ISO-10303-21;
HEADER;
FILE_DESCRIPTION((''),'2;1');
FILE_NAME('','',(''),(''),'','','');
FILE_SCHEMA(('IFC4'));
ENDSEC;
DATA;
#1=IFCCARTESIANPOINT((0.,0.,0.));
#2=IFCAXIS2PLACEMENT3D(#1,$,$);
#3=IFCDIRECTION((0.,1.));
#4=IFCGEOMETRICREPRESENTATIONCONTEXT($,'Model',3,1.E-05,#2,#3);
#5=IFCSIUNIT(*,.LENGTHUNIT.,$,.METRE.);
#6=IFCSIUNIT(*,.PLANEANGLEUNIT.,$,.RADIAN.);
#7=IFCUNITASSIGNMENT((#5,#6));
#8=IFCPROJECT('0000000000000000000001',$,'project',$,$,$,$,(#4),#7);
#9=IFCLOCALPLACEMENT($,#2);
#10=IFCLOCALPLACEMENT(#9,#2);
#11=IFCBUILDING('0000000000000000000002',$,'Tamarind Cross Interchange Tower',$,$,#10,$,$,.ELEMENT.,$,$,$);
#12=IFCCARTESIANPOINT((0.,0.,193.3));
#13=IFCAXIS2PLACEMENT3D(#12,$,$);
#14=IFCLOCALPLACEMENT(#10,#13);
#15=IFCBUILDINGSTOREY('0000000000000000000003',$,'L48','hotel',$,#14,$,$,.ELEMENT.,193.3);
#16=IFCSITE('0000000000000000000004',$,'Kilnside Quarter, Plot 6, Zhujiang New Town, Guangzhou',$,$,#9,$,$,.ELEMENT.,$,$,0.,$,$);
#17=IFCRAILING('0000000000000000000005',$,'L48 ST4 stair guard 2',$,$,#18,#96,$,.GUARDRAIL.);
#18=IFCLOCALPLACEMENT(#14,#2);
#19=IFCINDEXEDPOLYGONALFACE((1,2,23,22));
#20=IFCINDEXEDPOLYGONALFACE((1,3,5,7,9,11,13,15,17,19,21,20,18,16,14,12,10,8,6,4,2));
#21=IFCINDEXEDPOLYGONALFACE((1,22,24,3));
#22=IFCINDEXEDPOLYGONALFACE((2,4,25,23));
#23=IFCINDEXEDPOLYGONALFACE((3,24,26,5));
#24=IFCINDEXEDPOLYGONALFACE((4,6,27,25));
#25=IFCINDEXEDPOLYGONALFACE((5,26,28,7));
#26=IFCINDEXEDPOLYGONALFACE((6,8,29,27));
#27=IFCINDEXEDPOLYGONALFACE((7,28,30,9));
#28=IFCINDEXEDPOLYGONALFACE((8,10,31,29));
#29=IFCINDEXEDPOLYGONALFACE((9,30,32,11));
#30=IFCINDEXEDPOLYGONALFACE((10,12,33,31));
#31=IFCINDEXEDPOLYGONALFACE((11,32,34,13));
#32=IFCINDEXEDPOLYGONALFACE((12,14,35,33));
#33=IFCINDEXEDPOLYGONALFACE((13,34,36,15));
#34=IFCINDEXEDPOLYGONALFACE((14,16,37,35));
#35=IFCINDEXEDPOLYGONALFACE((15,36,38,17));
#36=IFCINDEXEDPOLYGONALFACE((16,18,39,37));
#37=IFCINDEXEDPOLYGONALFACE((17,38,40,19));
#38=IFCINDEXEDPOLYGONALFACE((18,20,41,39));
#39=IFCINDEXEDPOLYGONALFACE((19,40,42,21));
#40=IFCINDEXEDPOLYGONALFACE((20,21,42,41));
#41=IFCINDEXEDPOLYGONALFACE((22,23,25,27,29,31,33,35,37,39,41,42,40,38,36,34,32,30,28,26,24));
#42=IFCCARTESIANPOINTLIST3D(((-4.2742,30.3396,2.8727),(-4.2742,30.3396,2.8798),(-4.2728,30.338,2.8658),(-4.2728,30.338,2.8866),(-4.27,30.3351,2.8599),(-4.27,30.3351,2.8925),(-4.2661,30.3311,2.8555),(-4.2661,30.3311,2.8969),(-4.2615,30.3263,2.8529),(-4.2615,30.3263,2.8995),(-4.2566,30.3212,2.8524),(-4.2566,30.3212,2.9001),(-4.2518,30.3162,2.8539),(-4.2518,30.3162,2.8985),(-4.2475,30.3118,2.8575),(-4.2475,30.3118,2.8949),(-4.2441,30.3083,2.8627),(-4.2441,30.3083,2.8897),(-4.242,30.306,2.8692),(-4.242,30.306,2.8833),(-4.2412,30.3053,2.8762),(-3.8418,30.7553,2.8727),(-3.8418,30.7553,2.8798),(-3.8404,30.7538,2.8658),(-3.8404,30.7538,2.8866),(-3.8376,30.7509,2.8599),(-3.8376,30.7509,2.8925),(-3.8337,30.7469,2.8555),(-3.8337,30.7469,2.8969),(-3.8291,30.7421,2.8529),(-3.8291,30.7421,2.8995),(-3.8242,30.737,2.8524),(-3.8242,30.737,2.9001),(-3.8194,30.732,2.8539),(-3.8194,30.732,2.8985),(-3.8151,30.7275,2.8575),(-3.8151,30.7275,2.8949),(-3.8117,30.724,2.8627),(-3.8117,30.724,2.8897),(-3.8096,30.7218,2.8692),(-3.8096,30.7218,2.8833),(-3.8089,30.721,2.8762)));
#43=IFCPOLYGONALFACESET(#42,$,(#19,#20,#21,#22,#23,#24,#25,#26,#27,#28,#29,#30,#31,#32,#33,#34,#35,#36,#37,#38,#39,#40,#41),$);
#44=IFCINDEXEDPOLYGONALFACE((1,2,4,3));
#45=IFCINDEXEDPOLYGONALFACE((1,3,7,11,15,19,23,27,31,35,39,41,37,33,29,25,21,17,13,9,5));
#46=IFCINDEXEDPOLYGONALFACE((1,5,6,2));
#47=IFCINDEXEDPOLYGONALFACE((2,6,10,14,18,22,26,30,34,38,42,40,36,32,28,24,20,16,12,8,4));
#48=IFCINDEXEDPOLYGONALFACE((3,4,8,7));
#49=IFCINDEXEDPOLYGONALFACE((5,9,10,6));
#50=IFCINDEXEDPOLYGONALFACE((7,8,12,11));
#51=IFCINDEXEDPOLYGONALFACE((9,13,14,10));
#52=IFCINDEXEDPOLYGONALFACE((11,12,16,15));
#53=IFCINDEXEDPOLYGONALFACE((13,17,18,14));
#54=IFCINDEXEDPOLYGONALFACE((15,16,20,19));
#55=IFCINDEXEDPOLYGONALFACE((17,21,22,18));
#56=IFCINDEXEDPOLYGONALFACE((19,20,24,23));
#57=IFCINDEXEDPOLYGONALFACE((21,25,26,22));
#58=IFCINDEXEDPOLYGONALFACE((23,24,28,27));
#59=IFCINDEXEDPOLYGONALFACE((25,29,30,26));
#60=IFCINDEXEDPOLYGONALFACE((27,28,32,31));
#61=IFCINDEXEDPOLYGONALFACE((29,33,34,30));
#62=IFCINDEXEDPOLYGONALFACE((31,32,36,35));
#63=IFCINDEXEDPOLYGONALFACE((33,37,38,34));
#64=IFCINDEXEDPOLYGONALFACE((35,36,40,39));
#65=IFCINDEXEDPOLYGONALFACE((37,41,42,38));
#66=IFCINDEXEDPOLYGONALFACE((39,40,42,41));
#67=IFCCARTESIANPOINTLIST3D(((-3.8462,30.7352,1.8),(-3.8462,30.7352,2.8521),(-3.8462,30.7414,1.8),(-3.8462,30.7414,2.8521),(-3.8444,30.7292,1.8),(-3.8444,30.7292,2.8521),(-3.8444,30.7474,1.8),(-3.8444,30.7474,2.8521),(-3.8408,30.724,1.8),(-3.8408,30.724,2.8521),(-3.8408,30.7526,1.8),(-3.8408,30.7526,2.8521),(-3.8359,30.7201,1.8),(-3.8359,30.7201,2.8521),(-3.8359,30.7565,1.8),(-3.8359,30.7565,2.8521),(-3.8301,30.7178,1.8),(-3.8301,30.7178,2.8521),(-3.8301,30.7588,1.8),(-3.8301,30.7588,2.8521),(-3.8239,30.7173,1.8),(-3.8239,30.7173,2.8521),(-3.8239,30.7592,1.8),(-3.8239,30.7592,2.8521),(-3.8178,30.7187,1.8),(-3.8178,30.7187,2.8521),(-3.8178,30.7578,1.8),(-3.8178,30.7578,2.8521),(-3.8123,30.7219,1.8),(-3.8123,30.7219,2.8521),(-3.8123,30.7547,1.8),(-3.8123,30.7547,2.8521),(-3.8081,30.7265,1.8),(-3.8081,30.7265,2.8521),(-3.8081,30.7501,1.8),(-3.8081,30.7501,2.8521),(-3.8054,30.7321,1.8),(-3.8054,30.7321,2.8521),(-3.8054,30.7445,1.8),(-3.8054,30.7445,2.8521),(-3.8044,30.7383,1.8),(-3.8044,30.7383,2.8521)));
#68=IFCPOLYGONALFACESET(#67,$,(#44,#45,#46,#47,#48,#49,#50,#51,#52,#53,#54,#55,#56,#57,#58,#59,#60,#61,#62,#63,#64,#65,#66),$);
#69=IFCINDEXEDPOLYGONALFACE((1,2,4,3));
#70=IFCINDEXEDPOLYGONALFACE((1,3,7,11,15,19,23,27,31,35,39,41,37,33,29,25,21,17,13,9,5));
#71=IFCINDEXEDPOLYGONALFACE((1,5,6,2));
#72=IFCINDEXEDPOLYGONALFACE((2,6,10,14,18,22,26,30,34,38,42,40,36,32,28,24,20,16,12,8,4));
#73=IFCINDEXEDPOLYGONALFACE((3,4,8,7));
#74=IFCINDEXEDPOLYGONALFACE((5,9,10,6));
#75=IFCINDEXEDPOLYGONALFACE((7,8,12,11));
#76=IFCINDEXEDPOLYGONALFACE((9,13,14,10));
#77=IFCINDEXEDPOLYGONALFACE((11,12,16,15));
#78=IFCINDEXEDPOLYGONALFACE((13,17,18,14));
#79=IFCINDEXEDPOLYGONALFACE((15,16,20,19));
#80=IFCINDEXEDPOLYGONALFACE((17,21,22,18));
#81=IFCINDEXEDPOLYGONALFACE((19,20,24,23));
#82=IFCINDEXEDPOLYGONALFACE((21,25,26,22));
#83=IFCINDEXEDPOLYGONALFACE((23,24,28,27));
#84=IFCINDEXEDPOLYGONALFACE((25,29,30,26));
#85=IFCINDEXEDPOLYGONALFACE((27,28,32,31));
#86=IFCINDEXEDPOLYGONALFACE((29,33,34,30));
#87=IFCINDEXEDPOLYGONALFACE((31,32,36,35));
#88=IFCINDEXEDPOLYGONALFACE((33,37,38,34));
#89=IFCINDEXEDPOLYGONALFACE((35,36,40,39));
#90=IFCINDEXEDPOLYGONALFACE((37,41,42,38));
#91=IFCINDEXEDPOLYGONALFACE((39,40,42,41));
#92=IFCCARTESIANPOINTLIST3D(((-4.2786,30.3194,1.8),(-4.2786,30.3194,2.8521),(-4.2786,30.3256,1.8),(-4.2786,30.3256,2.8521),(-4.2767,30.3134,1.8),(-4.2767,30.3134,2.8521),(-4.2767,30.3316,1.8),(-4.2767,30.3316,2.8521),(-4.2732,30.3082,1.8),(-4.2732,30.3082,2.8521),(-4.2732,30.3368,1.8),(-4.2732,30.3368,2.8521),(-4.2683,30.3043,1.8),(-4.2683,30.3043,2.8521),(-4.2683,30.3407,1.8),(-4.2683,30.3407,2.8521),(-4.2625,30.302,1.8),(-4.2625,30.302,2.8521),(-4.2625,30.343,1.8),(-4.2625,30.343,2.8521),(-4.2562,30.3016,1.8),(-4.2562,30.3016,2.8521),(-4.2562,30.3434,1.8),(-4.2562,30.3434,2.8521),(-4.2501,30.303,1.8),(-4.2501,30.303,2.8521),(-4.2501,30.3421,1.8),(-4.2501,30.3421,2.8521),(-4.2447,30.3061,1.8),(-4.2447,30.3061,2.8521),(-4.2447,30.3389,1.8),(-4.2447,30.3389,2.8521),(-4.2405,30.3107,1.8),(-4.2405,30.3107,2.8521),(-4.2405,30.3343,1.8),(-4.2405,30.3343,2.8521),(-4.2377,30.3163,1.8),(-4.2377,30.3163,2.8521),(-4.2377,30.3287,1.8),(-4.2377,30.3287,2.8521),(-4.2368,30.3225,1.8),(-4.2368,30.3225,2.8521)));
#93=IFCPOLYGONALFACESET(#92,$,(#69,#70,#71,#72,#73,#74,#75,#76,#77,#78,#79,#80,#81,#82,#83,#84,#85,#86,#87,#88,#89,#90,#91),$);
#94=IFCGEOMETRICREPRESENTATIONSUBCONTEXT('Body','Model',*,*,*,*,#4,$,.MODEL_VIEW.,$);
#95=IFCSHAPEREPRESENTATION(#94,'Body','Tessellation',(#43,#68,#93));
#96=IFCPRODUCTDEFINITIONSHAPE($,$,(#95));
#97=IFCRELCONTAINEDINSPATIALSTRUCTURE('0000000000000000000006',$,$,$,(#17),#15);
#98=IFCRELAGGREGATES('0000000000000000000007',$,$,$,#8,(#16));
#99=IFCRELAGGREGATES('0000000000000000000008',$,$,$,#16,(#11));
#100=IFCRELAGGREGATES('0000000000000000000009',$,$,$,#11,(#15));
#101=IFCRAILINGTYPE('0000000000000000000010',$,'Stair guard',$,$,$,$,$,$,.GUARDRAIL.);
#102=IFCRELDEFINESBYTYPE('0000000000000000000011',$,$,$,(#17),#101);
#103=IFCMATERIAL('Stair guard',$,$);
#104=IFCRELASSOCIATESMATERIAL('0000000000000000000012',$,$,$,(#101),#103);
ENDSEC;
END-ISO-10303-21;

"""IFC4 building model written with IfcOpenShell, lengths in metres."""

from ifc_helpers import new_model, si_unit, direction, frame, origin, origin_2d, place, context, subcontext, project, spatial, circle, extrude, material, type_object, element, save


model = new_model("IFC4")

# Units and contexts
model_context = context("Model", 3, precision=1e-05, world=origin(), true_north=direction((0.0, 1.0)))
body_context = subcontext(model_context, "Body", "Model", "MODEL_VIEW")
ifc_project = project(units=[si_unit("LENGTHUNIT", "METRE"), si_unit("PLANEANGLEUNIT", "RADIAN")], contexts=[model_context])

# Site, building, storey
site_placement = place(None, origin())
site = spatial("IfcSite", under=ifc_project, at=site_placement, Name="Kilnside Quarter, Plot 6, Zhujiang New Town, Guangzhou", CompositionType="ELEMENT", RefElevation=0.0)
building_placement = place(site_placement, origin())
building = spatial("IfcBuilding", under=site, at=building_placement, Name="Tamarind Cross Interchange Tower", CompositionType="ELEMENT")
storey_placement = place(building_placement, frame((0.0, 0.0, 193.3)))
storey = spatial("IfcBuildingStorey", under=building, at=storey_placement, Name="L48", Description="hotel", CompositionType="ELEMENT", Elevation=193.3)

# Railing
ifc_material_1 = material(Name="Stair guard")
railing_type_1 = type_object("IfcRailingType", Name="Stair guard", PredefinedType="GUARDRAIL", material=ifc_material_1)
railing_1_placement = place(storey_placement, frame((-3.8254, 30.7383, 1.8)))
element("IfcRailing", 1, at=railing_1_placement, inside=storey, type_object=railing_type_1, Name="L48 ST4 stair guard 2", PredefinedType="GUARDRAIL", context=body_context, shape_type="SweptSolid", body=[
    extrude(circle(Radius=0.0239, at=origin_2d()), frame((0.0, 0.0, 1.0762), z_axis=(-0.72081, -0.693133, 0.0), x_axis=(0.693133, -0.72081, 0.0)), (0.0, 0.0, 1.0), 0.5999),
    extrude(circle(Radius=0.021, at=origin_2d()), origin(), (0.0, 0.0, 1.0), 1.052),
    extrude(circle(Radius=0.021, at=origin_2d()), frame((-0.4324, -0.4158, 0.0)), (0.0, 0.0, 1.0), 1.052),
])

save(model, "model.ifc")
